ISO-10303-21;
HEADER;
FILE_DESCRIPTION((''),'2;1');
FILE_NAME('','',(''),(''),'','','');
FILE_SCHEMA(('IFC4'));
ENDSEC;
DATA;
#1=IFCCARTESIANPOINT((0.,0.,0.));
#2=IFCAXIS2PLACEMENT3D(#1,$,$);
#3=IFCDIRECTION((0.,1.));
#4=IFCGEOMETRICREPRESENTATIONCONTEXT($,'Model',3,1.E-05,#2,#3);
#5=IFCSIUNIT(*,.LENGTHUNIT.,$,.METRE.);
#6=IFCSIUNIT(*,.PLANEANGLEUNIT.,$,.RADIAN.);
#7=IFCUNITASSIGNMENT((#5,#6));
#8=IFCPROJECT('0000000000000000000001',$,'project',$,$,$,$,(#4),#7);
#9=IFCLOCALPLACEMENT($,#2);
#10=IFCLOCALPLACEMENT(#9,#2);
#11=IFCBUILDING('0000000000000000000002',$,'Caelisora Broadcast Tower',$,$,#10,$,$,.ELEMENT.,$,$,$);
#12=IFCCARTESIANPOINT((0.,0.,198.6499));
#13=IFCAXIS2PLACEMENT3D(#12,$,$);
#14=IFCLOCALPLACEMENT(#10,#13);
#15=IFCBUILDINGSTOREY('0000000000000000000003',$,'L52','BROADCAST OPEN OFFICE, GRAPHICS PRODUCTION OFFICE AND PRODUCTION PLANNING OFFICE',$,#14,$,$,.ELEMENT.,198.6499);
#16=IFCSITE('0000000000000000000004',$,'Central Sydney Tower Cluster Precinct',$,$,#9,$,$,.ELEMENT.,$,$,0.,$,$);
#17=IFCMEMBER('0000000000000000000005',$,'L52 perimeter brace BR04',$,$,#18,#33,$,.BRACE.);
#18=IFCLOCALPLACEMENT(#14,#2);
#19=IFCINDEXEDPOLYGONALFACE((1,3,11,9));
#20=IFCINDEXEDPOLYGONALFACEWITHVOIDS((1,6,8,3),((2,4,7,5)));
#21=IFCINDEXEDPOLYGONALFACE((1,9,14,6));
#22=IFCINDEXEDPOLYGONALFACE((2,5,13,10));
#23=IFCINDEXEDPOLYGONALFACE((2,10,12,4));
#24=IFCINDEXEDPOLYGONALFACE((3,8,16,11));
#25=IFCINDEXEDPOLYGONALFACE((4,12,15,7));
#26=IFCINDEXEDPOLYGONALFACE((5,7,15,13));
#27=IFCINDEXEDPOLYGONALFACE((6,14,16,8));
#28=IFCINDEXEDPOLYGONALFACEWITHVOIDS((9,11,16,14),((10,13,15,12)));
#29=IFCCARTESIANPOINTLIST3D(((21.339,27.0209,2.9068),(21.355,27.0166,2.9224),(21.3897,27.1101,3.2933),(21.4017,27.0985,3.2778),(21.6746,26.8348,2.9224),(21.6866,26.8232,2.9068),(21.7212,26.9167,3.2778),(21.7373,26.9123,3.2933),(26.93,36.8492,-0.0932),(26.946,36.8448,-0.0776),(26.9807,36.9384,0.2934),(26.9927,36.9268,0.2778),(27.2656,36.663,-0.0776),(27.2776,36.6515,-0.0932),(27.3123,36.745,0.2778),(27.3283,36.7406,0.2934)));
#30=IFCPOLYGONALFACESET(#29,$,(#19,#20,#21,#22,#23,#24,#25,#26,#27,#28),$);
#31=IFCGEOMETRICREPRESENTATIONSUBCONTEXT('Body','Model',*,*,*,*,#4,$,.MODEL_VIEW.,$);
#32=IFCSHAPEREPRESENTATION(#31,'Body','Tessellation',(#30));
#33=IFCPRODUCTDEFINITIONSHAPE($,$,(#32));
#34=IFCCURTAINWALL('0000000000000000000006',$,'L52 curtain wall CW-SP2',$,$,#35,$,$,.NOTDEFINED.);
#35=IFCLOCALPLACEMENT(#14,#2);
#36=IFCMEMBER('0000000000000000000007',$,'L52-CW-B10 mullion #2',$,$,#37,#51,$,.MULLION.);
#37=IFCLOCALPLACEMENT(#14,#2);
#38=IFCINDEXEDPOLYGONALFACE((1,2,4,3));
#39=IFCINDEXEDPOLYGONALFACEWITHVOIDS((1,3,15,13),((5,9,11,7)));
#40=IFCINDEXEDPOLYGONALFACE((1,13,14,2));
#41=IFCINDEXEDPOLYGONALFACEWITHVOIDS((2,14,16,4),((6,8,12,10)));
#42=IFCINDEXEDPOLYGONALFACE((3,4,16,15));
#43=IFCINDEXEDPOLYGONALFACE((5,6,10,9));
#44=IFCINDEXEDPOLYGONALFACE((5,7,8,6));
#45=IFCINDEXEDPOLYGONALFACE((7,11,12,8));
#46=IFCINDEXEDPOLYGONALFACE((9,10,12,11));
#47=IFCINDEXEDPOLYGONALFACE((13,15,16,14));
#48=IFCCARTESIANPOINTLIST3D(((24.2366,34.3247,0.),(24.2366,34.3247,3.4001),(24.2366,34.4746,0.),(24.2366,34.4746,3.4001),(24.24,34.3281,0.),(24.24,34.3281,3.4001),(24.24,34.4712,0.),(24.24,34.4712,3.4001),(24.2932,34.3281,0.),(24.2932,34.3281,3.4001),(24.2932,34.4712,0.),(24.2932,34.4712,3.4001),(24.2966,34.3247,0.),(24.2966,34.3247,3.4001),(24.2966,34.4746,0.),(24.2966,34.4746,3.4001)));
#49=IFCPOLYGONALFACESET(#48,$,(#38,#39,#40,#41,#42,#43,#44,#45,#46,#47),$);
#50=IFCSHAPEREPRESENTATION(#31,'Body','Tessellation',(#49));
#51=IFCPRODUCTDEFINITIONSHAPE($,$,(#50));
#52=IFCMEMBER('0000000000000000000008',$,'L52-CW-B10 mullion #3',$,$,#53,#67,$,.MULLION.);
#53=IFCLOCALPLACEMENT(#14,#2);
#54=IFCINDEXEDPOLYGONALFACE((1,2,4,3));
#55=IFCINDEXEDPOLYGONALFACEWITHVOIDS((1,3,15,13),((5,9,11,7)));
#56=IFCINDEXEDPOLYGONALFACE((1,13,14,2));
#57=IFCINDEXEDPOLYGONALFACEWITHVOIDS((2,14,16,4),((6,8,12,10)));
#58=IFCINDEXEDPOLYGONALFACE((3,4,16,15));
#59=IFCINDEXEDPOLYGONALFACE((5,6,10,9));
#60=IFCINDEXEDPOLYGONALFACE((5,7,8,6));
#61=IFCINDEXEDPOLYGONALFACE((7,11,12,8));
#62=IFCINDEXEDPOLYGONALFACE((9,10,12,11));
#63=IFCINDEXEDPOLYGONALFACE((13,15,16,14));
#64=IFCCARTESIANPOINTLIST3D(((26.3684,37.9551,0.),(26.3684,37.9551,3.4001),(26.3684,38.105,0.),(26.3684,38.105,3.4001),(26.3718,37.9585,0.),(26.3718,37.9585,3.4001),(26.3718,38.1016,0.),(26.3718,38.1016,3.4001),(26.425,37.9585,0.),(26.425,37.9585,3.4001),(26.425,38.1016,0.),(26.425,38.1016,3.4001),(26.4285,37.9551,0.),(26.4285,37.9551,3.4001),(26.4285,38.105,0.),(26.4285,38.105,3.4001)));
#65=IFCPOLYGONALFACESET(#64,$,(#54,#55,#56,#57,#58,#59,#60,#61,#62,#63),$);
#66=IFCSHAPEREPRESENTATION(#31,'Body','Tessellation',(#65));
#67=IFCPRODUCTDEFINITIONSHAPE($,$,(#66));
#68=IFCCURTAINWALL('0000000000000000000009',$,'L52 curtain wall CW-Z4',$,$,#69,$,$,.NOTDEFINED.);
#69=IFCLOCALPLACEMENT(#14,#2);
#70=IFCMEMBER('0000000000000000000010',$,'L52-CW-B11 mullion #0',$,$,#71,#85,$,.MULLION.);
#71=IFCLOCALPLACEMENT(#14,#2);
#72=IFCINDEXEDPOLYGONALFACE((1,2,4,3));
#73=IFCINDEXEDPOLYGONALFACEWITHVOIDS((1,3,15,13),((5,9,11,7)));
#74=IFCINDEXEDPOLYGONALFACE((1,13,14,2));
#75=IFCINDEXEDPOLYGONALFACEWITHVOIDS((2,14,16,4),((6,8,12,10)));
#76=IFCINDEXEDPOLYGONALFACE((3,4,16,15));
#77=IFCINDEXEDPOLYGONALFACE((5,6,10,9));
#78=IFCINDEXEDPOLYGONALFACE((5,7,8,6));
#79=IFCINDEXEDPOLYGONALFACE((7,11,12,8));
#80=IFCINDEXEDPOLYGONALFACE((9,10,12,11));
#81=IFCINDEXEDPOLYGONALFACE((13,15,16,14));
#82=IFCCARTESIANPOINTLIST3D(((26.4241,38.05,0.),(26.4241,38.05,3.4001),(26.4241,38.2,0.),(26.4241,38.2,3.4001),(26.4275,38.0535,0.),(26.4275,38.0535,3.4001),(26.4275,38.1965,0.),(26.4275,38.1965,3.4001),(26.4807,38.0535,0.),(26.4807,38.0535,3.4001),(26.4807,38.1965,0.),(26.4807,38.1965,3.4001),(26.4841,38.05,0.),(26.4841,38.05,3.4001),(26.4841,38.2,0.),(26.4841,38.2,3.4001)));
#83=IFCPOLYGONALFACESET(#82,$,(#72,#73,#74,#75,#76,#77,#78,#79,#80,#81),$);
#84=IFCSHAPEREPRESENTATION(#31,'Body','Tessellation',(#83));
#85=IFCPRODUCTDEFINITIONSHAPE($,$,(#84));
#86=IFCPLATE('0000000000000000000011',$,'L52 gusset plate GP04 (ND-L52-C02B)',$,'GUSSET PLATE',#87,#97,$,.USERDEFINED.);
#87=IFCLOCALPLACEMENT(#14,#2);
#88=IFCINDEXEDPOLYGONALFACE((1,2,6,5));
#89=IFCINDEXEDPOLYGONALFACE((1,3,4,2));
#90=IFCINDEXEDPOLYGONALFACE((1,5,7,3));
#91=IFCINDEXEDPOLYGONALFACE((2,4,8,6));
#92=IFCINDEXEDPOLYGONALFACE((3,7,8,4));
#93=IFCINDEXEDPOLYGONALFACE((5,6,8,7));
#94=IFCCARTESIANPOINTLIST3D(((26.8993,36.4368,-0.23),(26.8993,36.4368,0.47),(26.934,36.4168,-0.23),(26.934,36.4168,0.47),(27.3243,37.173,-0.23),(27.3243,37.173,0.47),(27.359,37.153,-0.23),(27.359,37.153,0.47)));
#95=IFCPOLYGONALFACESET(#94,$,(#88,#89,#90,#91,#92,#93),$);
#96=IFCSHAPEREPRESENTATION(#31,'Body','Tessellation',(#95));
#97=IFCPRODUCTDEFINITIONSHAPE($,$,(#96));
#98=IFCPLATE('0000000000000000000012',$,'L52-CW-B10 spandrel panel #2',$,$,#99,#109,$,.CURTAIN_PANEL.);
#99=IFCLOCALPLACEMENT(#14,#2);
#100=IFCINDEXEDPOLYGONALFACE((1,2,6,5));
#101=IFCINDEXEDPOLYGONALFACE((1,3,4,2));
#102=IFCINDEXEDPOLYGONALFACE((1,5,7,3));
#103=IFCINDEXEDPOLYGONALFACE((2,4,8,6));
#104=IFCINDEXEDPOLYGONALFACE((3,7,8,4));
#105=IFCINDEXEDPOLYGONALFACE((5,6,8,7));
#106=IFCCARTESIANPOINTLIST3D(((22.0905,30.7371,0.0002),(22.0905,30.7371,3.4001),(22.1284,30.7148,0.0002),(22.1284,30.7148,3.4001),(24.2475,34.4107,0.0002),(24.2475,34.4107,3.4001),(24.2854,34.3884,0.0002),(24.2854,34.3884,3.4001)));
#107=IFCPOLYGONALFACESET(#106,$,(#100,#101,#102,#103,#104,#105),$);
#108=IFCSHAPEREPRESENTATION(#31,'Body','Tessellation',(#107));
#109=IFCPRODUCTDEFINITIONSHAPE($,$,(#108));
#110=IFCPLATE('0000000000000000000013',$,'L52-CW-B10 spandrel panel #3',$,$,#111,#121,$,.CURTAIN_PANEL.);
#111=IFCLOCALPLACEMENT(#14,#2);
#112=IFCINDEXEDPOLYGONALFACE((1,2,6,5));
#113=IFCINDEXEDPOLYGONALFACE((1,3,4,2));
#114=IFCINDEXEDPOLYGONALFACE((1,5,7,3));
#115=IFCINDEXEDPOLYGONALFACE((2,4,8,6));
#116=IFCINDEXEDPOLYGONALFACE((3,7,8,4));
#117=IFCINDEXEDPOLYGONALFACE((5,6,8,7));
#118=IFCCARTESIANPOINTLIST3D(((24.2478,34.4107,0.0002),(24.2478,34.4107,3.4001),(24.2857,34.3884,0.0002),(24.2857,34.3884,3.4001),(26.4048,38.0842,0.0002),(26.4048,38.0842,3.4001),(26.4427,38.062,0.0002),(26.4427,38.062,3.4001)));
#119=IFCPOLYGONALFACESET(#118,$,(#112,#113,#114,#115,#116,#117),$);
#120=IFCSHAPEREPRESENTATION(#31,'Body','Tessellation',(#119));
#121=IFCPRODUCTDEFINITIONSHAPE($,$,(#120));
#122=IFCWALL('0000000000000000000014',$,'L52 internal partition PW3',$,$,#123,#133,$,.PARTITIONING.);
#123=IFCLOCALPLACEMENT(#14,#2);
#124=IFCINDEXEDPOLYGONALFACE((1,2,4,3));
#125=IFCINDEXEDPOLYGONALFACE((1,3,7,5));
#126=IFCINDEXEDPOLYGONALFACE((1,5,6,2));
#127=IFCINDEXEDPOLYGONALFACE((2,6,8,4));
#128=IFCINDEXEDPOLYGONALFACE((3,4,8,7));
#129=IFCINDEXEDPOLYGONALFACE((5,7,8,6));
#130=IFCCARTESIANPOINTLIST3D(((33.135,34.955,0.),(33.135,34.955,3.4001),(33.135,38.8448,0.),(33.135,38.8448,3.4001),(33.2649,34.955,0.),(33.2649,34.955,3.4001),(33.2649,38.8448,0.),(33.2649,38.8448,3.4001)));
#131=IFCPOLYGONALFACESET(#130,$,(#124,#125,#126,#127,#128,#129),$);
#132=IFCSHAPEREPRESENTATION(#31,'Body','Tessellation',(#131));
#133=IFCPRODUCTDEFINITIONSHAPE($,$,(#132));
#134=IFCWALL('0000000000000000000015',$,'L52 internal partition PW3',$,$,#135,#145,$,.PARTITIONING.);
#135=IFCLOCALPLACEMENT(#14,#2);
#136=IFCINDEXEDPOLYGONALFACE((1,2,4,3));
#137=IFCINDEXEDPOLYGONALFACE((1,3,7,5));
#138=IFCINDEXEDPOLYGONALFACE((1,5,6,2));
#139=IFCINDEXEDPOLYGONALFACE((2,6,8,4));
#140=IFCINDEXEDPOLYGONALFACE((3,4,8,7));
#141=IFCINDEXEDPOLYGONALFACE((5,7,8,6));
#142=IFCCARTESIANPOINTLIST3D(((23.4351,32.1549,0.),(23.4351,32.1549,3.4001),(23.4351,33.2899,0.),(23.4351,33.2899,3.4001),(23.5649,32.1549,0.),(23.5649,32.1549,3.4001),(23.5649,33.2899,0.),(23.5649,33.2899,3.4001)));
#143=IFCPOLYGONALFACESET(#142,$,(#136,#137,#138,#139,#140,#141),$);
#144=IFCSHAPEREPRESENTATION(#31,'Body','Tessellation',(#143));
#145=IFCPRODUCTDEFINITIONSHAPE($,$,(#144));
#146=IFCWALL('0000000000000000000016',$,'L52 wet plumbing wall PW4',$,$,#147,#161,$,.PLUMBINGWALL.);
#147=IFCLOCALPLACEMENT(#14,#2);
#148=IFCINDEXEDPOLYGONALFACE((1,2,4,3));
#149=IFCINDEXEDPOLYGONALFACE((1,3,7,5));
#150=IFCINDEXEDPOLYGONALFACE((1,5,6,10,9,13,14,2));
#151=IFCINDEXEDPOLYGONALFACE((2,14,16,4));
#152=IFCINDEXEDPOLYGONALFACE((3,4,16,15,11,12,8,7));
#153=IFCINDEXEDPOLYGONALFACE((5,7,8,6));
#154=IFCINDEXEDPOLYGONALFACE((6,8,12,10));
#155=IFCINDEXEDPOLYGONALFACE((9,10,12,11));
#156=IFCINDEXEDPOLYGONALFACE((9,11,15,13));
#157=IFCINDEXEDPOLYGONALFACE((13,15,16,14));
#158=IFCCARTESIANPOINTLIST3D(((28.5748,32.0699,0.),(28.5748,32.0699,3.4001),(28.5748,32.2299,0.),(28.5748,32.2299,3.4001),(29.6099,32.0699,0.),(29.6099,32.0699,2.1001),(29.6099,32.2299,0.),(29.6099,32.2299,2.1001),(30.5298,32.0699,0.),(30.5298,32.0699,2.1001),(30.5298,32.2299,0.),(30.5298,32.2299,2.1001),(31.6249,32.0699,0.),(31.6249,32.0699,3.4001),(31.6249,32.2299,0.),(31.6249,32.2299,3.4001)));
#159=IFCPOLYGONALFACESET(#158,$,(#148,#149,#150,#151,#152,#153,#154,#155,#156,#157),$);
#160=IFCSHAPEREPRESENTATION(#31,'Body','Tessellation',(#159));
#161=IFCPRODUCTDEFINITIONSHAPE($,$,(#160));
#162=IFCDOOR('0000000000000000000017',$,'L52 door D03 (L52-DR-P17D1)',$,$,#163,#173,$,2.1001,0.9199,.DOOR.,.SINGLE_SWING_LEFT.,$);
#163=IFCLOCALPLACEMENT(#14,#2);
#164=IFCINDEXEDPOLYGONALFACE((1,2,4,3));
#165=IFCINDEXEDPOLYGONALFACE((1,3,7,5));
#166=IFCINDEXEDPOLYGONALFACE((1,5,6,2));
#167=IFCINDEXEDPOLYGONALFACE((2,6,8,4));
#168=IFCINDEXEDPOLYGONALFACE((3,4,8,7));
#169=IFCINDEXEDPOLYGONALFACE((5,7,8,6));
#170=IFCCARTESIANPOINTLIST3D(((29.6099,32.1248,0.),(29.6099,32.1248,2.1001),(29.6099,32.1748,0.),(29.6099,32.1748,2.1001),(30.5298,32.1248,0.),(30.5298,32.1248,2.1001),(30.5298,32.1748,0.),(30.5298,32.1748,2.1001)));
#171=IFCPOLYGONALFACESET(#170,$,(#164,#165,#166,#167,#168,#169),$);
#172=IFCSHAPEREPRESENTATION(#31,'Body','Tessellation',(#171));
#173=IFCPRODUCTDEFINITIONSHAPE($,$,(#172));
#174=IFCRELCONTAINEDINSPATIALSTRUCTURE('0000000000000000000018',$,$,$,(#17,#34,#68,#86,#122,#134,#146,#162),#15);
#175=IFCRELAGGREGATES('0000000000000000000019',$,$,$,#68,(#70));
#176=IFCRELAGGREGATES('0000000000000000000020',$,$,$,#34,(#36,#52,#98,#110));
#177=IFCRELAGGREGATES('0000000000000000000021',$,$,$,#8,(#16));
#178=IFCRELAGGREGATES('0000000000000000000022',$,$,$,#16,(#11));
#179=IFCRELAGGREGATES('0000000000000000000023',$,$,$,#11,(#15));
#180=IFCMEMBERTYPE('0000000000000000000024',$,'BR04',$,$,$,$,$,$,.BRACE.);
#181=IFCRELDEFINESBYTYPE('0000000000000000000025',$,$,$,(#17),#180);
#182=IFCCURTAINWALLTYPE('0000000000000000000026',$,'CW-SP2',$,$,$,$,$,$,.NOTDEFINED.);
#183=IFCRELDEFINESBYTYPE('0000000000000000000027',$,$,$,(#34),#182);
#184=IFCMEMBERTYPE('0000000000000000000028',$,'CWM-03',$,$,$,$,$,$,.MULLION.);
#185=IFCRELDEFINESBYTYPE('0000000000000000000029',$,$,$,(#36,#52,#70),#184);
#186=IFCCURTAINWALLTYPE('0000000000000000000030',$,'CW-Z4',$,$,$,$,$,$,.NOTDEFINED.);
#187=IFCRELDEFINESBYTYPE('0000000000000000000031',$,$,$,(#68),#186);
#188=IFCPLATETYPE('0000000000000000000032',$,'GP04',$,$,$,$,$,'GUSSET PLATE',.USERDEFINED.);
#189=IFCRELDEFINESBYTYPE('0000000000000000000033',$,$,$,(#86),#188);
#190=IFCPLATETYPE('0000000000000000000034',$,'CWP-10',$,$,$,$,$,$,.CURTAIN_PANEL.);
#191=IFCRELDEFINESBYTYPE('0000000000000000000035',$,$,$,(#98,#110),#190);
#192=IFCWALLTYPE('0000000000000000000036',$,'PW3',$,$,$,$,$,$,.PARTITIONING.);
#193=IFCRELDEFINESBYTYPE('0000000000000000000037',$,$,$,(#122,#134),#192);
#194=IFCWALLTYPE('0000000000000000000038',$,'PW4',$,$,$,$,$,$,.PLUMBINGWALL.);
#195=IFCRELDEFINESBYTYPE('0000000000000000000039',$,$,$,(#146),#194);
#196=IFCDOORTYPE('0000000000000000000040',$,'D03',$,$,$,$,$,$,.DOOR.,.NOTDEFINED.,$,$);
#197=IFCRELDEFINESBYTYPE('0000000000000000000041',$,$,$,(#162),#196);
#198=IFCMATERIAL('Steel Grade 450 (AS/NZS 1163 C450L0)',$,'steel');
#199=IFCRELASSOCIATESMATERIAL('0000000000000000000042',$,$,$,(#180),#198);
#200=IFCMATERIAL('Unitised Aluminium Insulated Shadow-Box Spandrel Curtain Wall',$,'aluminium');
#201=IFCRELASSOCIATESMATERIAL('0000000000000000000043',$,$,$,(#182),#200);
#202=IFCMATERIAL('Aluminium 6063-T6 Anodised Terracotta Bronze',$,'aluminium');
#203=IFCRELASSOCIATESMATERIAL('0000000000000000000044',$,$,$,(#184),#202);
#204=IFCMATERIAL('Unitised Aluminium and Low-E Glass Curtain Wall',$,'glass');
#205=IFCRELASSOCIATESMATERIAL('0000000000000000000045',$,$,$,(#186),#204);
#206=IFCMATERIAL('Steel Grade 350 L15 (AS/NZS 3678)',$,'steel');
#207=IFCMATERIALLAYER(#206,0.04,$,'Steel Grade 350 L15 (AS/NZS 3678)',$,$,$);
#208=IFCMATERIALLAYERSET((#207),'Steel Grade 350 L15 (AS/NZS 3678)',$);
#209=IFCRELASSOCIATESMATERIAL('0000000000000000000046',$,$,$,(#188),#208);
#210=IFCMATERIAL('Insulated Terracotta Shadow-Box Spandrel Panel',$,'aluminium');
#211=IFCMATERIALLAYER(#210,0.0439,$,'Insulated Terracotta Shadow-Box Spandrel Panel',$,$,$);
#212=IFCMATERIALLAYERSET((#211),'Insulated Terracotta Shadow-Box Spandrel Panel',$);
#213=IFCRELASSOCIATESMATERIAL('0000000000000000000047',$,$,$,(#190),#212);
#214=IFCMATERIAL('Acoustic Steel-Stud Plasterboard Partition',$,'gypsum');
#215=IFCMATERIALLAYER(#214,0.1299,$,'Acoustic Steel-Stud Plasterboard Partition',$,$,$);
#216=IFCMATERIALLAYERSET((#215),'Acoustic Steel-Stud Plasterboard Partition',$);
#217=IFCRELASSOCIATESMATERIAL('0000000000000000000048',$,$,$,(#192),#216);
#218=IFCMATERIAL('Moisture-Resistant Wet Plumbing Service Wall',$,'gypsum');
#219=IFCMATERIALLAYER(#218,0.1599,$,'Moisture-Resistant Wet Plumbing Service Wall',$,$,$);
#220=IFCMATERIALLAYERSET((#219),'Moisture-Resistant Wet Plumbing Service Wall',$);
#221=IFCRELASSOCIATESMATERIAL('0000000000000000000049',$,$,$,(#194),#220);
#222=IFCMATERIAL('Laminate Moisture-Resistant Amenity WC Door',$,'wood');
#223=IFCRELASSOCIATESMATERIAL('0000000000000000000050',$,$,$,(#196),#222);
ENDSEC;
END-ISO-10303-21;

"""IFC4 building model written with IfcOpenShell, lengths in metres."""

from ifc_helpers import new_model, si_unit, direction, frame, frame_2d, origin, origin_2d, place, context, subcontext, project, spatial, rectangle, hollow_rectangle, extrude, source, transform, mapped, material, layer, layer_set, material_profile, profile_set, type_object, type_shapes, element, fill, aggregate, save


model = new_model("IFC4")

# Units and contexts
model_context = context("Model", 3, precision=1e-05, world=origin(), true_north=direction((0.0, 1.0)))
body_context = subcontext(model_context, "Body", "Model", "MODEL_VIEW")
ifc_project = project(units=[si_unit("LENGTHUNIT", "METRE"), si_unit("PLANEANGLEUNIT", "RADIAN")], contexts=[model_context])

# Site, building, storey
site_placement = place(None, origin())
site = spatial("IfcSite", under=ifc_project, at=site_placement, Name="Central Sydney Tower Cluster Precinct", CompositionType="ELEMENT", RefElevation=0.0)
building_placement = place(site_placement, origin())
building = spatial("IfcBuilding", under=site, at=building_placement, Name="Caelisora Broadcast Tower", CompositionType="ELEMENT")
storey_placement = place(building_placement, frame((0.0, 0.0, 198.6499)))
storey = spatial("IfcBuildingStorey", under=building, at=storey_placement, Name="L52", Description="BROADCAST OPEN OFFICE, GRAPHICS PRODUCTION OFFICE AND PRODUCTION PLANNING OFFICE", CompositionType="ELEMENT", Elevation=198.6499)

# Shared definitions
ifc_material_1 = material(Name="Steel Grade 350 L15 (AS/NZS 3678)", Category="steel")

# Member
ifc_material_2 = material(Name="Steel Grade 450 (AS/NZS 1163 C450L0)", Category="steel")
ifc_material_profile_1 = material_profile(ifc_material_2, hollow_rectangle(XDim=0.3999, YDim=0.3999, WallThickness=0.0161, at=origin_2d()), Name="Steel Grade 450 (AS/NZS 1163 C450L0)")
ifc_profile_set_1 = profile_set([ifc_material_profile_1], Name="Steel Grade 450 (AS/NZS 1163 C450L0)")
member_type_1 = type_object("IfcMemberType", Name="BR04", PredefinedType="BRACE", material=ifc_profile_set_1)
shared_shape_1 = source(origin(), body_context, "Body", "SweptSolid", [
    extrude(hollow_rectangle(XDim=0.3999, YDim=0.3999, WallThickness=0.0161, at=origin_2d()), origin(), (0.0, 0.0, 1.0), 11.6985),
])
type_shapes(member_type_1, [shared_shape_1])
member_1_placement = place(storey_placement, frame((27.1292, 36.7949, 0.1001), z_axis=(-0.477927, -0.840133, 0.256441), x_axis=(0.8692, -0.494462, 0.0)))
element("IfcMember", 1, at=member_1_placement, inside=storey, type_object=member_type_1, Name="L52 perimeter brace BR04", PredefinedType="BRACE", context=body_context, shape_type="MappedRepresentation", body=[
    mapped(shared_shape_1, transform((0.0, 0.0, 0.0), scale=1.0)),
])

# Curtain wall, members
ifc_material_3 = material(Name="Unitised Aluminium Insulated Shadow-Box Spandrel Curtain Wall", Category="aluminium")
curtain_wall_type_1 = type_object("IfcCurtainWallType", Name="CW-SP2", PredefinedType="NOTDEFINED", material=ifc_material_3)
curtain_wall_1_placement = place(storey_placement, origin())
curtain_wall_1 = element("IfcCurtainWall", 2, at=curtain_wall_1_placement, inside=storey, type_object=curtain_wall_type_1, Name="L52 curtain wall CW-SP2", PredefinedType="NOTDEFINED")
ifc_material_4 = material(Name="Aluminium 6063-T6 Anodised Terracotta Bronze", Category="aluminium")
ifc_material_profile_2 = material_profile(ifc_material_4, hollow_rectangle(XDim=0.0601, YDim=0.1499, WallThickness=0.0034, at=origin_2d()), Name="Aluminium 6063-T6 Anodised Terracotta Bronze")
ifc_profile_set_2 = profile_set([ifc_material_profile_2], Name="Aluminium 6063-T6 Anodised Terracotta Bronze")
member_type_2 = type_object("IfcMemberType", Name="CWM-03", PredefinedType="MULLION", material=ifc_profile_set_2)
shared_shape_2 = source(origin(), body_context, "Body", "SweptSolid", [
    extrude(hollow_rectangle(XDim=0.0601, YDim=0.1499, WallThickness=0.0034, at=origin_2d()), origin(), (0.0, 0.0, 1.0), 3.4001),
])
type_shapes(member_type_2, [shared_shape_2])
member_2_placement = place(storey_placement, frame((24.2666, 34.3997, 0.0), z_axis=(0.0, 0.0, 1.0), x_axis=(1.0, 0.0, 0.0)))
member_2 = element("IfcMember", 3, at=member_2_placement, type_object=member_type_2, Name="L52-CW-B10 mullion #2", PredefinedType="MULLION", context=body_context, shape_type="MappedRepresentation", body=[
    mapped(shared_shape_2, transform((0.0, 0.0, 0.0), scale=1.0)),
])
member_3_placement = place(storey_placement, frame((26.3984, 38.03, 0.0), z_axis=(0.0, 0.0, 1.0), x_axis=(1.0, 0.0, 0.0)))
member_3 = element("IfcMember", 4, at=member_3_placement, type_object=member_type_2, Name="L52-CW-B10 mullion #3", PredefinedType="MULLION", context=body_context, shape_type="MappedRepresentation", body=[
    mapped(shared_shape_2, transform((0.0, 0.0, 0.0), scale=1.0)),
])

# Curtain wall, member
ifc_material_5 = material(Name="Unitised Aluminium and Low-E Glass Curtain Wall", Category="glass")
curtain_wall_type_2 = type_object("IfcCurtainWallType", Name="CW-Z4", PredefinedType="NOTDEFINED", material=ifc_material_5)
curtain_wall_2_placement = place(storey_placement, origin())
curtain_wall_2 = element("IfcCurtainWall", 5, at=curtain_wall_2_placement, inside=storey, type_object=curtain_wall_type_2, Name="L52 curtain wall CW-Z4", PredefinedType="NOTDEFINED")
member_4_placement = place(storey_placement, frame((26.4541, 38.125, 0.0), z_axis=(0.0, 0.0, 1.0), x_axis=(1.0, 0.0, 0.0)))
member_4 = element("IfcMember", 6, at=member_4_placement, type_object=member_type_2, Name="L52-CW-B11 mullion #0", PredefinedType="MULLION", context=body_context, shape_type="MappedRepresentation", body=[
    mapped(shared_shape_2, transform((0.0, 0.0, 0.0), scale=1.0)),
])
aggregate(curtain_wall_2, [member_4])

# Plates
ifc_layer_1 = layer(ifc_material_1, 0.04, Name="Steel Grade 350 L15 (AS/NZS 3678)")
ifc_layer_set_1 = layer_set([ifc_layer_1], Name="Steel Grade 350 L15 (AS/NZS 3678)")
plate_type_1 = type_object("IfcPlateType", Name="GP04", ElementType="GUSSET PLATE", PredefinedType="USERDEFINED", material=ifc_layer_set_1)
shared_shape_3 = source(origin(), body_context, "Body", "SweptSolid", [
    extrude(rectangle(XDim=0.8501, YDim=0.04, at=origin_2d()), origin(), (0.0, 0.0, 1.0), 0.7),
])
type_shapes(plate_type_1, [shared_shape_3])
plate_1_placement = place(storey_placement, frame((27.1292, 36.7949, -0.23), z_axis=(0.0, 0.0, 1.0), x_axis=(-0.5, -0.866025, 0.0)))
element("IfcPlate", 7, at=plate_1_placement, inside=storey, type_object=plate_type_1, Name="L52 gusset plate GP04 (ND-L52-C02B)", ObjectType="GUSSET PLATE", PredefinedType="USERDEFINED", context=body_context, shape_type="MappedRepresentation", body=[
    mapped(shared_shape_3, transform((0.0, 0.0, 0.0), scale=1.0)),
])
ifc_material_6 = material(Name="Insulated Terracotta Shadow-Box Spandrel Panel", Category="aluminium")
ifc_layer_2 = layer(ifc_material_6, 0.0439, Name="Insulated Terracotta Shadow-Box Spandrel Panel")
ifc_layer_set_2 = layer_set([ifc_layer_2], Name="Insulated Terracotta Shadow-Box Spandrel Panel")
plate_type_2 = type_object("IfcPlateType", Name="CWP-10", PredefinedType="CURTAIN_PANEL", material=ifc_layer_set_2)
shared_shape_4 = source(origin(), body_context, "Body", "SweptSolid", [
    extrude(rectangle(XDim=4.26, YDim=0.0439, at=origin_2d()), origin(), (0.0, 0.0, 1.0), 3.3999),
])
type_shapes(plate_type_2, [shared_shape_4])
plate_2_placement = place(storey_placement, frame((23.188, 32.5627, 0.0002), z_axis=(0.0, 0.0, 1.0), x_axis=(0.506335, 0.862337, 0.0)))
plate_2 = element("IfcPlate", 8, at=plate_2_placement, type_object=plate_type_2, Name="L52-CW-B10 spandrel panel #2", PredefinedType="CURTAIN_PANEL", context=body_context, shape_type="MappedRepresentation", body=[
    mapped(shared_shape_4, transform((0.0, 0.0, 0.0), scale=1.0)),
])
plate_3_placement = place(storey_placement, frame((25.3452, 36.2363, 0.0002), z_axis=(0.0, 0.0, 1.0), x_axis=(0.506335, 0.862337, 0.0)))
plate_3 = element("IfcPlate", 9, at=plate_3_placement, type_object=plate_type_2, Name="L52-CW-B10 spandrel panel #3", PredefinedType="CURTAIN_PANEL", context=body_context, shape_type="MappedRepresentation", body=[
    mapped(shared_shape_4, transform((0.0, 0.0, 0.0), scale=1.0)),
])
aggregate(curtain_wall_1, [member_2, member_3, plate_2, plate_3])

# Walls
ifc_material_7 = material(Name="Acoustic Steel-Stud Plasterboard Partition", Category="gypsum")
ifc_layer_3 = layer(ifc_material_7, 0.1299, Name="Acoustic Steel-Stud Plasterboard Partition")
ifc_layer_set_3 = layer_set([ifc_layer_3], Name="Acoustic Steel-Stud Plasterboard Partition")
wall_type_1 = type_object("IfcWallType", Name="PW3", PredefinedType="PARTITIONING", material=ifc_layer_set_3)
wall_1_placement = place(storey_placement, frame((33.2, 34.9551, 0.0), z_axis=(0.0, 0.0, 1.0), x_axis=(0.0, 1.0, 0.0)))
element("IfcWall", 10, at=wall_1_placement, inside=storey, type_object=wall_type_1, Name="L52 internal partition PW3", PredefinedType="PARTITIONING", context=body_context, shape_type="SweptSolid", body=[
    extrude(rectangle(XDim=3.8899, YDim=0.1299, at=frame_2d((1.9448, 0.0))), origin(), (0.0, 0.0, 1.0), 3.4001),
])
wall_2_placement = place(storey_placement, frame((23.5, 32.155, 0.0), z_axis=(0.0, 0.0, 1.0), x_axis=(0.0, 1.0, 0.0)))
element("IfcWall", 11, at=wall_2_placement, inside=storey, type_object=wall_type_1, Name="L52 internal partition PW3", PredefinedType="PARTITIONING", context=body_context, shape_type="SweptSolid", body=[
    extrude(rectangle(XDim=1.135, YDim=0.1299, at=frame_2d((0.5674, 0.0))), origin(), (0.0, 0.0, 1.0), 3.4001),
])

# Wall, opening, door
ifc_material_8 = material(Name="Moisture-Resistant Wet Plumbing Service Wall", Category="gypsum")
ifc_layer_4 = layer(ifc_material_8, 0.1599, Name="Moisture-Resistant Wet Plumbing Service Wall")
ifc_layer_set_4 = layer_set([ifc_layer_4], Name="Moisture-Resistant Wet Plumbing Service Wall")
wall_type_2 = type_object("IfcWallType", Name="PW4", PredefinedType="PLUMBINGWALL", material=ifc_layer_set_4)
wall_3_placement = place(storey_placement, frame((28.575, 32.1499, 0.0), z_axis=(0.0, 0.0, 1.0), x_axis=(1.0, 0.0, 0.0)))
wall_3 = element("IfcWall", 12, at=wall_3_placement, inside=storey, type_object=wall_type_2, Name="L52 wet plumbing wall PW4", PredefinedType="PLUMBINGWALL", context=body_context, shape_type="SweptSolid", body=[
    extrude(rectangle(XDim=3.05, YDim=0.1599, at=frame_2d((1.5249, 0.0))), origin(), (0.0, 0.0, 1.0), 3.4001),
])
opening_1_placement = place(wall_3_placement, frame((1.0349, 0.0, 0.0)))
opening_1 = element("IfcOpeningElement", 13, at=opening_1_placement, cuts=wall_3, PredefinedType="OPENING", context=body_context, shape_type="SweptSolid", body=[
    extrude(rectangle(XDim=0.9199, YDim=2.1001, at=frame_2d((0.46, 1.05))), frame((0.0, 0.092, 0.0), z_axis=(0.0, -1.0, 0.0), x_axis=(1.0, 0.0, 0.0)), (0.0, 0.0, 1.0), 0.1838),
])
ifc_material_9 = material(Name="Laminate Moisture-Resistant Amenity WC Door", Category="wood")
door_type = type_object("IfcDoorType", Name="D03", OperationType="NOTDEFINED", PredefinedType="DOOR", material=ifc_material_9)
door_1_placement = place(opening_1_placement, origin())
door_1 = element("IfcDoor", 14, at=door_1_placement, inside=storey, type_object=door_type, Name="L52 door D03 (L52-DR-P17D1)", OperationType="SINGLE_SWING_LEFT", OverallHeight=2.1001, OverallWidth=0.9199, PredefinedType="DOOR", context=body_context, shape_type="SweptSolid", body=[
    extrude(rectangle(XDim=0.9199, YDim=2.1001, at=frame_2d((0.46, 1.05))), frame((0.0, 0.0249, 0.0), z_axis=(0.0, -1.0, 0.0), x_axis=(1.0, 0.0, 0.0)), (0.0, 0.0, 1.0), 0.05),
])
fill(opening_1, door_1)

save(model, "model.ifc")
